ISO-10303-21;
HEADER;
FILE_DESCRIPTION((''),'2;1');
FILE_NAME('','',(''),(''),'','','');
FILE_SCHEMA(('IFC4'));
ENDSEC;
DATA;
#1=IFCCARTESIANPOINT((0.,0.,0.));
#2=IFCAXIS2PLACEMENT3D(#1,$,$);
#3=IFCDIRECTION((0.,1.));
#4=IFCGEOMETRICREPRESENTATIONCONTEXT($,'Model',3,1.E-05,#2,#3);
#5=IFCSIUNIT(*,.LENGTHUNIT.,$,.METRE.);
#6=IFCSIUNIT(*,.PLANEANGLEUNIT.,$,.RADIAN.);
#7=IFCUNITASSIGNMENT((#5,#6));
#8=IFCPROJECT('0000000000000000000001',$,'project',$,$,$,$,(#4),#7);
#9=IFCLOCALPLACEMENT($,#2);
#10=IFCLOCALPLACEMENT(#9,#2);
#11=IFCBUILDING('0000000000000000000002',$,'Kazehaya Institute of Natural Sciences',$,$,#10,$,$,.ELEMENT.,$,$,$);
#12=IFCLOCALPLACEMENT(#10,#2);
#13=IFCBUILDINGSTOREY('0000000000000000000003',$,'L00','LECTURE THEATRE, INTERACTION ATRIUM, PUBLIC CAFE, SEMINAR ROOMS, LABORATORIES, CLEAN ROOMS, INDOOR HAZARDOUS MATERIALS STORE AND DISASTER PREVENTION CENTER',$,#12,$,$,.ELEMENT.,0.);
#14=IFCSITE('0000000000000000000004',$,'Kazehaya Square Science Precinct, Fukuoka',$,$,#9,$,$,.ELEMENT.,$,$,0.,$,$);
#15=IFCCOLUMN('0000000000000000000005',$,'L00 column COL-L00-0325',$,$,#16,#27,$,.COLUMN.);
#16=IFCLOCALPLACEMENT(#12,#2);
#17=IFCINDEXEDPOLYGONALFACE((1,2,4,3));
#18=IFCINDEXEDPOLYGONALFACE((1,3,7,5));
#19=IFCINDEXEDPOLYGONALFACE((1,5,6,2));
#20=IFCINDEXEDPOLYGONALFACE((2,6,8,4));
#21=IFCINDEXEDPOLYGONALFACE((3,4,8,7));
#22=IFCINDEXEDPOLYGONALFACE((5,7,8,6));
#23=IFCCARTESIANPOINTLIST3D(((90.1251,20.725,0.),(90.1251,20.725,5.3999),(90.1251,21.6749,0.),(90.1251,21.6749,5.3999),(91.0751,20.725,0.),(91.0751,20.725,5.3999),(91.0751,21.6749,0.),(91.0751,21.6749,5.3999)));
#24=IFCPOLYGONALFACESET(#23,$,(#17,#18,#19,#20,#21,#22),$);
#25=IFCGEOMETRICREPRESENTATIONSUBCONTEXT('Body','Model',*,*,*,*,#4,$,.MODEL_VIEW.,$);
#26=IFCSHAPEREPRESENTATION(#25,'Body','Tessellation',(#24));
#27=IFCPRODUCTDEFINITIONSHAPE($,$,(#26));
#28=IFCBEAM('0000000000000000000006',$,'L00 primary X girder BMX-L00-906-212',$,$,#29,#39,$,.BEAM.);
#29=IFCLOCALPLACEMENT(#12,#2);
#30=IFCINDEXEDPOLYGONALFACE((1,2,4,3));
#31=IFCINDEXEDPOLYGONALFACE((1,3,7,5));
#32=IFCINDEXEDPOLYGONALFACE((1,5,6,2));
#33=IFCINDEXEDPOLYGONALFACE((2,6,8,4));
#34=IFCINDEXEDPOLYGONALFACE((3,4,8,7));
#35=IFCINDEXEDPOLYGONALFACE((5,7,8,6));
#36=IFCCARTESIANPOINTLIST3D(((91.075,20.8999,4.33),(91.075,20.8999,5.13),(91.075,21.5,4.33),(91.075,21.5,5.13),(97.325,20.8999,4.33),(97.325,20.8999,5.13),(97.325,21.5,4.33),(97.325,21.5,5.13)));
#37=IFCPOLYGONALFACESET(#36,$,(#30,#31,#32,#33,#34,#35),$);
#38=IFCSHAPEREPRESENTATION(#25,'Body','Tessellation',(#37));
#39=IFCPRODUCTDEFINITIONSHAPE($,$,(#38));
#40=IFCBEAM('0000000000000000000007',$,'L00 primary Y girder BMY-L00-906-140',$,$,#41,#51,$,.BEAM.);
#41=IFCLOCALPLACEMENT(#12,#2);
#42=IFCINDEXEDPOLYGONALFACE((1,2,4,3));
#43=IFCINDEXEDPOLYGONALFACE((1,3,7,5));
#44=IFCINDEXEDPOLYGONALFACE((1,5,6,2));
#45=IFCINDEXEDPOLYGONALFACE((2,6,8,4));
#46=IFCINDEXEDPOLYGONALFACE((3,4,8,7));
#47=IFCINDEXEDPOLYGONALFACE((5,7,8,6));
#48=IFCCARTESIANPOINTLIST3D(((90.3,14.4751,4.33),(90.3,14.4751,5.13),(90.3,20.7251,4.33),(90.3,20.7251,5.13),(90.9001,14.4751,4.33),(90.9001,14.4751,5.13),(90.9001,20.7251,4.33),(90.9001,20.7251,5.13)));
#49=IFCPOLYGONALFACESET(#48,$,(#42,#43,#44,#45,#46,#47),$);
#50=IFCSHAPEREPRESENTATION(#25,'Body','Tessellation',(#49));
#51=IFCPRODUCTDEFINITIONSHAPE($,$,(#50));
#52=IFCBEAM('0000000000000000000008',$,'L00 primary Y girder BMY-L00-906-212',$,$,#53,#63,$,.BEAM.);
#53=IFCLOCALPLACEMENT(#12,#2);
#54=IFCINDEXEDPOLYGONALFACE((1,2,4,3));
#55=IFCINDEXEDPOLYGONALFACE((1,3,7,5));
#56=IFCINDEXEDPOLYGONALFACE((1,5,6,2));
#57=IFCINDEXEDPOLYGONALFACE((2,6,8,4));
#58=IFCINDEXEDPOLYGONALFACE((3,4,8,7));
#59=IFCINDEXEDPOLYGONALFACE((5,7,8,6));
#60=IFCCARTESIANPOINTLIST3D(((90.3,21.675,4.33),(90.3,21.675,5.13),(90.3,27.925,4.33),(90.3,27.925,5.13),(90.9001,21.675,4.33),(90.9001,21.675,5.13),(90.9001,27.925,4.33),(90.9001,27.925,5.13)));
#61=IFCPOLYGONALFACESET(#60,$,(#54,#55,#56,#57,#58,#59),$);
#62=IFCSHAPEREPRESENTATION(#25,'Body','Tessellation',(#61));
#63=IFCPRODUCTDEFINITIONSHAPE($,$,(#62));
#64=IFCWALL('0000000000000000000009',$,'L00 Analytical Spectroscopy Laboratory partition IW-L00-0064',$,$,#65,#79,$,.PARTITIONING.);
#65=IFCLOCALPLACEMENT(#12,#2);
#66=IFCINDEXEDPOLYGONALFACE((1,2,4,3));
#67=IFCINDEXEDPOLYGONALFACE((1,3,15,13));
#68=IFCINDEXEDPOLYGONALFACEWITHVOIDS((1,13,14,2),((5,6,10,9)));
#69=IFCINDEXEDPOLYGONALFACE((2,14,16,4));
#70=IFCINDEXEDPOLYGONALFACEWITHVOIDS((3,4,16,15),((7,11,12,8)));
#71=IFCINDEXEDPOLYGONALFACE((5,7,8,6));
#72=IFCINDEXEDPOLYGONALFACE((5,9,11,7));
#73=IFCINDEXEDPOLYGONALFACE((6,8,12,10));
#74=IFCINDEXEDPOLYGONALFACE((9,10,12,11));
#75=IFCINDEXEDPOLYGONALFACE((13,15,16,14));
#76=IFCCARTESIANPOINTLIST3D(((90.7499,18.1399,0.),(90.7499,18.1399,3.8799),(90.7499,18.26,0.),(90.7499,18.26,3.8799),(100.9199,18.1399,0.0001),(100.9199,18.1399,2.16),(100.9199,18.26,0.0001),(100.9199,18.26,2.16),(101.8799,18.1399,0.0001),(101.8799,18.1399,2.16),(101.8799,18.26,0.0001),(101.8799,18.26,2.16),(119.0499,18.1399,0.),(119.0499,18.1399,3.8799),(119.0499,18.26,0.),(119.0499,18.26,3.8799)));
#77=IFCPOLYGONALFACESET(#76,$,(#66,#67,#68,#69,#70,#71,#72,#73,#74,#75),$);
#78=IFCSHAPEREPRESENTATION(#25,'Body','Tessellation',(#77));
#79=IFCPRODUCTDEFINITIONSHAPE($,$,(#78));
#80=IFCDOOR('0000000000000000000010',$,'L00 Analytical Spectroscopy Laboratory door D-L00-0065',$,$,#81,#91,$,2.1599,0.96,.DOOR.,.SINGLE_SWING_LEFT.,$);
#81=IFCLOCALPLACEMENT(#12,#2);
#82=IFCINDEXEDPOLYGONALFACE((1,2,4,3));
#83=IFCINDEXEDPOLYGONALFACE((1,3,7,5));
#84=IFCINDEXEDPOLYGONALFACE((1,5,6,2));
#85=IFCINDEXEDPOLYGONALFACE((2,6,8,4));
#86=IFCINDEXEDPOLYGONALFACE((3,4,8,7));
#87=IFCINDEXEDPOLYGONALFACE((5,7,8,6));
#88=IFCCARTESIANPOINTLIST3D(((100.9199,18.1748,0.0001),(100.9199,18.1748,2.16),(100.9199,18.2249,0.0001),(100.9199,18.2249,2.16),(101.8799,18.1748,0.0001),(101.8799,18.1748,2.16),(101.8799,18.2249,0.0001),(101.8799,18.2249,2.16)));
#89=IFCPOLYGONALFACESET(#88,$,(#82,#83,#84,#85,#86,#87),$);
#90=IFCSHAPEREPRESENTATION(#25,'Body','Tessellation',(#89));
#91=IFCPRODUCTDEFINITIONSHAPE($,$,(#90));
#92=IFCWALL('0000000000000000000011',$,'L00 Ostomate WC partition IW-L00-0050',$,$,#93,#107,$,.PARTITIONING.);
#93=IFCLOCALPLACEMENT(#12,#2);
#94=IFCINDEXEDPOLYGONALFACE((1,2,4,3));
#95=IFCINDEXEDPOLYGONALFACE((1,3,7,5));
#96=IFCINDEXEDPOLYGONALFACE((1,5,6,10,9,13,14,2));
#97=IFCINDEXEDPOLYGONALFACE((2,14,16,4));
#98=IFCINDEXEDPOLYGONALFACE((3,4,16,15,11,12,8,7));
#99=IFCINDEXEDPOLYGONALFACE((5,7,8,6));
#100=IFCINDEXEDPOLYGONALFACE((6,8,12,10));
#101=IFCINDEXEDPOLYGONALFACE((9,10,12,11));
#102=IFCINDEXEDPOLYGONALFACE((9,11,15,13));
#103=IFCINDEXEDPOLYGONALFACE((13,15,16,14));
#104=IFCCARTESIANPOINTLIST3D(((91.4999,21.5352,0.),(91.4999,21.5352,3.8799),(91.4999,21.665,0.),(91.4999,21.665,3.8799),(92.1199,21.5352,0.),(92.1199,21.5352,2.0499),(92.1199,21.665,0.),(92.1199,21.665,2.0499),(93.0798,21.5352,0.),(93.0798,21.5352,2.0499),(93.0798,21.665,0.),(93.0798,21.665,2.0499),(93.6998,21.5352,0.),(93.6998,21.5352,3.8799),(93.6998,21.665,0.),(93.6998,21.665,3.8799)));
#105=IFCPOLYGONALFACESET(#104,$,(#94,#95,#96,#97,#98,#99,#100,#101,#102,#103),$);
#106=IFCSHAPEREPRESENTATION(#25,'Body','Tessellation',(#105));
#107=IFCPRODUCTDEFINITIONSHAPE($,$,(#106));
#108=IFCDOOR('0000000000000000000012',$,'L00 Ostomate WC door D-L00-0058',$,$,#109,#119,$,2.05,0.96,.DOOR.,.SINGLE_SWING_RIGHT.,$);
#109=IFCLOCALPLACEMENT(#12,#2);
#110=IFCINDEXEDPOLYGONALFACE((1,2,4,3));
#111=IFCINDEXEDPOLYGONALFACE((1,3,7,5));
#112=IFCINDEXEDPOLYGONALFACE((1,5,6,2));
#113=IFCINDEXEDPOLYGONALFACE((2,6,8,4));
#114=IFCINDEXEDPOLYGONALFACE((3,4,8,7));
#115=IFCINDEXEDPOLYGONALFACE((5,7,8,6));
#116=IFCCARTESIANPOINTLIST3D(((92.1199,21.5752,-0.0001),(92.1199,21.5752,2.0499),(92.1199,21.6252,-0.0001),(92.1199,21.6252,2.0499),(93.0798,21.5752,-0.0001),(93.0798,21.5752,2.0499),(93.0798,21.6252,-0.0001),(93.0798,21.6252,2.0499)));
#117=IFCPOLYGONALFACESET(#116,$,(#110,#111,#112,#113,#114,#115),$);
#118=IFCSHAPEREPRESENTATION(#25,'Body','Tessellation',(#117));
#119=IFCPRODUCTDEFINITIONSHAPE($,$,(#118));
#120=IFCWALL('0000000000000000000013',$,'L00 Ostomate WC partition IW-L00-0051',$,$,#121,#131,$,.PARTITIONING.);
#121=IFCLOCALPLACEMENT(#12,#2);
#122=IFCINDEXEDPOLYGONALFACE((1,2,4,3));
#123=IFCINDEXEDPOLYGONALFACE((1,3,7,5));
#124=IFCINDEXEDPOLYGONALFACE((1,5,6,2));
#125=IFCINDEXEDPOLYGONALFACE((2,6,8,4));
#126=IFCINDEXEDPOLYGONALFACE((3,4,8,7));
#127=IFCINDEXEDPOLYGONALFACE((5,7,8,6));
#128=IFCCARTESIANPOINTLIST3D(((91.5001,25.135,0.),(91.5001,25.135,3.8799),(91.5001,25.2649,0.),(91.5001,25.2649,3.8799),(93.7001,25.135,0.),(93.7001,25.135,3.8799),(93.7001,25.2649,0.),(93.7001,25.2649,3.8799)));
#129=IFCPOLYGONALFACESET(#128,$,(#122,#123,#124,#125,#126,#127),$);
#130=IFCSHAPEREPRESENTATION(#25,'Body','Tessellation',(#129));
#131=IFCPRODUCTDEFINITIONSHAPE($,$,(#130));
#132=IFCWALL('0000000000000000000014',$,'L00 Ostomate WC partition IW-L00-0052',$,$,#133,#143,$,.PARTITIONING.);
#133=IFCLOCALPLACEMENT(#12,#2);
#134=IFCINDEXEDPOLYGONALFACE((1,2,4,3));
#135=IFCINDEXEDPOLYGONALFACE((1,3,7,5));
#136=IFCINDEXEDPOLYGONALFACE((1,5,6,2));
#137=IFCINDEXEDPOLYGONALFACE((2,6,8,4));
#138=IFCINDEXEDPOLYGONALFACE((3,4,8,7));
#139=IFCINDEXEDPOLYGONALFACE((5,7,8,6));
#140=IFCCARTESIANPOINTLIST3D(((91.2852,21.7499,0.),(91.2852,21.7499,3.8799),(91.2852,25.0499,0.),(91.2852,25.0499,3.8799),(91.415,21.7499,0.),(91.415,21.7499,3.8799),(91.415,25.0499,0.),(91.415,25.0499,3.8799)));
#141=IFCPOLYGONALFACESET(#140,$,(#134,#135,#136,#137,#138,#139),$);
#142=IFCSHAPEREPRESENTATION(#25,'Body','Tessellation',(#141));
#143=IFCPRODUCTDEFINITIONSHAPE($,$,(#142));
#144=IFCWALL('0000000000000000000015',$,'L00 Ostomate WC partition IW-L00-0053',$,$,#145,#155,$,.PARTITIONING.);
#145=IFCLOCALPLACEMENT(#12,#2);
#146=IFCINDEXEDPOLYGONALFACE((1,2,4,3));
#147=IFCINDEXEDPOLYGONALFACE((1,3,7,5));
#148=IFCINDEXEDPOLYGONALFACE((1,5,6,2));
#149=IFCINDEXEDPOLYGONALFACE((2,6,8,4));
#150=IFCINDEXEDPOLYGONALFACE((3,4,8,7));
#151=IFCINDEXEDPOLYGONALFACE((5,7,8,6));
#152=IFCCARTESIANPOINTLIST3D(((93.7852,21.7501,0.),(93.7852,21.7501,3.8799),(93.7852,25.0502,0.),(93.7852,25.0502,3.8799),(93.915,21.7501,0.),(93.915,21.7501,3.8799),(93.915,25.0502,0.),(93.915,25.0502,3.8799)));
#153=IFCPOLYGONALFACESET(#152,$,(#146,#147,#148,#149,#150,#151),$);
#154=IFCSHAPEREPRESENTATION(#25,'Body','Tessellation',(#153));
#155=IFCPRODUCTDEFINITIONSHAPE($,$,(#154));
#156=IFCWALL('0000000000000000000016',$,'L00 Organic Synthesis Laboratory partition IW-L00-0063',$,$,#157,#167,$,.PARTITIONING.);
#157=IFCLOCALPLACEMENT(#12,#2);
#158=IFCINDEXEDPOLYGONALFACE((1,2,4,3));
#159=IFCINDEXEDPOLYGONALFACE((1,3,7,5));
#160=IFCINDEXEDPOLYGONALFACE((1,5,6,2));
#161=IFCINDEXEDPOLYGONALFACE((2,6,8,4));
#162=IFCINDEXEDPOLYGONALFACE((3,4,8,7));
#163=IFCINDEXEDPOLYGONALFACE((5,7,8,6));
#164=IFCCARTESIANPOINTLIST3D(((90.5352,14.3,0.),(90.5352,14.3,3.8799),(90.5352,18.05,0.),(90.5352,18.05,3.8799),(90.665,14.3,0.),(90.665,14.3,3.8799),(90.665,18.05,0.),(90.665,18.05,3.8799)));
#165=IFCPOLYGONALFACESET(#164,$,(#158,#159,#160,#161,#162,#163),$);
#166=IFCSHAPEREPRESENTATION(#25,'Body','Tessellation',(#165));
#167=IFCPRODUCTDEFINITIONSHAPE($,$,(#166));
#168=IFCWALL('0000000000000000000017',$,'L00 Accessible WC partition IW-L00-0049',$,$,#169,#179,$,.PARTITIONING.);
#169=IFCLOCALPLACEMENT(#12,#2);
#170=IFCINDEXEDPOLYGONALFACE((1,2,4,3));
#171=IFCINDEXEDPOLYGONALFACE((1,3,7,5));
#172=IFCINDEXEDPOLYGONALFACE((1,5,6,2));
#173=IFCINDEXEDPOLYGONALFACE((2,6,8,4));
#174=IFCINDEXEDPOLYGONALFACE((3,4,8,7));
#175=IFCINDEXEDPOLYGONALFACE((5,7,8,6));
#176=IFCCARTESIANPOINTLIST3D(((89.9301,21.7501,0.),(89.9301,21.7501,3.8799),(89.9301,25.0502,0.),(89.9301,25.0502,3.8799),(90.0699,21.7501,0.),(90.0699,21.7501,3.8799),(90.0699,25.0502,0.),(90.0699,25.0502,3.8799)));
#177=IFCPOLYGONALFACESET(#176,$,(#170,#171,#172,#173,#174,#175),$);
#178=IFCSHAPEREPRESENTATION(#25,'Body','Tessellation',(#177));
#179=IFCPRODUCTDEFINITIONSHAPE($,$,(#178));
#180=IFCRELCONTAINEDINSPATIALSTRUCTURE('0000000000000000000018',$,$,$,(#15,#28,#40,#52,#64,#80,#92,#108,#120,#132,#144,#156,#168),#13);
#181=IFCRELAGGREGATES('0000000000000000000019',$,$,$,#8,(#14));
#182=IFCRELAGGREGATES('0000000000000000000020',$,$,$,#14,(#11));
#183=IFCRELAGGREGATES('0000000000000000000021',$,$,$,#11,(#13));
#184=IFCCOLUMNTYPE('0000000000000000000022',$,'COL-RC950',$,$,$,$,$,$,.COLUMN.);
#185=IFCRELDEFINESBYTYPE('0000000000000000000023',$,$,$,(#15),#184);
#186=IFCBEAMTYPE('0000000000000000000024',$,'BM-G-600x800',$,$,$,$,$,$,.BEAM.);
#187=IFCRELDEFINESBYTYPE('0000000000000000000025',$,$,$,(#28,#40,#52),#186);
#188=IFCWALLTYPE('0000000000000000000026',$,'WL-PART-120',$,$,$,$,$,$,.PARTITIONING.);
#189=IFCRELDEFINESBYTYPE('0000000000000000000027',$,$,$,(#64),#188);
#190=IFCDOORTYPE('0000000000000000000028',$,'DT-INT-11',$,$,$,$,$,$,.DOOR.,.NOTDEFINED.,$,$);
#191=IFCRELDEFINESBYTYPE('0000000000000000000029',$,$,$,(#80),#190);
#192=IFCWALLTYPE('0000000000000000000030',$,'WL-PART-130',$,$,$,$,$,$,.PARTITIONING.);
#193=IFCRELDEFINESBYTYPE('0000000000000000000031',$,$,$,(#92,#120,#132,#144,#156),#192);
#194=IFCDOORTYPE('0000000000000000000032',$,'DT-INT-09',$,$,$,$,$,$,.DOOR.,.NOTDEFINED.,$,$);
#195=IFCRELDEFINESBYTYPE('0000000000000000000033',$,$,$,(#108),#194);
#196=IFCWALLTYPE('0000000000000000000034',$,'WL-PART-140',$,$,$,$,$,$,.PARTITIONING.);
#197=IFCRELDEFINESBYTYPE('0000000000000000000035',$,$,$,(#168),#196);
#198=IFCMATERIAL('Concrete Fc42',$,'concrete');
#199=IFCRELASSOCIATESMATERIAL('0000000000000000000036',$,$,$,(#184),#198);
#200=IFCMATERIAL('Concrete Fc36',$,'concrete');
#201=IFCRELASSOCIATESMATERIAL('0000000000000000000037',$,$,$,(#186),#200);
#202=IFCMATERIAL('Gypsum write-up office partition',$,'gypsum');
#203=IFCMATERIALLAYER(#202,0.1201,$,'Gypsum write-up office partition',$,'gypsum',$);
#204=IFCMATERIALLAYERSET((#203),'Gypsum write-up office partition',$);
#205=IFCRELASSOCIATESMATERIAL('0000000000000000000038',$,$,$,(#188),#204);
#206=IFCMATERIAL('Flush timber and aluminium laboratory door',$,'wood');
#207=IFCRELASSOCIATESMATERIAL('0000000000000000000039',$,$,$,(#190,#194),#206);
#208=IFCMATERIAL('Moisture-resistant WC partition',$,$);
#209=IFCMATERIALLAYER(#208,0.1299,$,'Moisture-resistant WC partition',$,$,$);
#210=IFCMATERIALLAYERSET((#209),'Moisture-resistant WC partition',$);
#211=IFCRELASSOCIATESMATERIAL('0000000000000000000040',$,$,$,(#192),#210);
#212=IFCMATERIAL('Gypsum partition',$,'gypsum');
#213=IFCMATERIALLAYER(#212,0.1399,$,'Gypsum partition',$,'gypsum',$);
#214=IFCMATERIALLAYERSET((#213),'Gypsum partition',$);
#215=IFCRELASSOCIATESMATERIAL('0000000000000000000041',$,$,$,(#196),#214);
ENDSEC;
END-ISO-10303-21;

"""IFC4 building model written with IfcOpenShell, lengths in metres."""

from ifc_helpers import new_model, si_unit, direction, frame, frame_2d, origin, origin_2d, place, context, subcontext, project, spatial, rectangle, extrude, material, layer, layer_set, material_profile, profile_set, type_object, element, fill, save


model = new_model("IFC4")

# Units and contexts
model_context = context("Model", 3, precision=1e-05, world=origin(), true_north=direction((0.0, 1.0)))
body_context = subcontext(model_context, "Body", "Model", "MODEL_VIEW")
ifc_project = project(units=[si_unit("LENGTHUNIT", "METRE"), si_unit("PLANEANGLEUNIT", "RADIAN")], contexts=[model_context])

# Site, building, storey
site_placement = place(None, origin())
site = spatial("IfcSite", under=ifc_project, at=site_placement, Name="Kazehaya Square Science Precinct, Fukuoka", CompositionType="ELEMENT", RefElevation=0.0)
building_placement = place(site_placement, origin())
building = spatial("IfcBuilding", under=site, at=building_placement, Name="Kazehaya Institute of Natural Sciences", CompositionType="ELEMENT")
storey_placement = place(building_placement, origin())
storey = spatial("IfcBuildingStorey", under=building, at=storey_placement, Name="L00", Description="LECTURE THEATRE, INTERACTION ATRIUM, PUBLIC CAFE, SEMINAR ROOMS, LABORATORIES, CLEAN ROOMS, INDOOR HAZARDOUS MATERIALS STORE AND DISASTER PREVENTION CENTER", CompositionType="ELEMENT", Elevation=0.0)

# Column
ifc_material_1 = material(Name="Concrete Fc42", Category="concrete")
ifc_material_profile_1 = material_profile(ifc_material_1, rectangle(XDim=0.95, YDim=0.95, at=origin_2d()), Name="RC-950x950")
ifc_profile_set_1 = profile_set([ifc_material_profile_1], Name="Concrete Fc42")
column_type = type_object("IfcColumnType", Name="COL-RC950", PredefinedType="COLUMN", material=ifc_profile_set_1)
column_placement = place(storey_placement, frame((90.6001, 21.2, 0.0), z_axis=(0.0, 0.0, 1.0), x_axis=(1.0, 0.0, 0.0)))
element("IfcColumn", 1, at=column_placement, inside=storey, type_object=column_type, Name="L00 column COL-L00-0325", PredefinedType="COLUMN", context=body_context, shape_type="SweptSolid", body=[
    extrude(rectangle(XDim=0.95, YDim=0.95, at=origin_2d()), origin(), (0.0, 0.0, 1.0), 5.3999),
])

# Beams
ifc_material_2 = material(Name="Concrete Fc36", Category="concrete")
ifc_material_profile_2 = material_profile(ifc_material_2, rectangle(XDim=0.6001, YDim=0.8, at=origin_2d()), Name="RC-600x800")
ifc_profile_set_2 = profile_set([ifc_material_profile_2], Name="Concrete Fc36")
beam_type = type_object("IfcBeamType", Name="BM-G-600x800", PredefinedType="BEAM", material=ifc_profile_set_2)
for number, where, z_axis, x_axis, name in (
    (2, (91.075, 21.2, 4.73), (1.0, 0.0, 0.0), (0.0, 1.0, 0.0), "L00 primary X girder BMX-L00-906-212"),
    (3, (90.6001, 14.4751, 4.73), (0.0, 1.0, 0.0), (-1.0, 0.0, 0.0), "L00 primary Y girder BMY-L00-906-140"),
    (4, (90.6001, 21.675, 4.73), (0.0, 1.0, 0.0), (-1.0, 0.0, 0.0), "L00 primary Y girder BMY-L00-906-212"),
):
    element("IfcBeam", number, at=place(storey_placement, frame(where, z_axis=z_axis, x_axis=x_axis)), inside=storey, type_object=beam_type, Name=name, PredefinedType="BEAM", context=body_context, shape_type="SweptSolid", body=[
        extrude(rectangle(XDim=0.6001, YDim=0.8, at=origin_2d()), origin(), (0.0, 0.0, 1.0), 6.25),
    ])

# Walls, openings, doors
ifc_material_3 = material(Name="Gypsum write-up office partition", Category="gypsum")
ifc_layer_1 = layer(ifc_material_3, 0.1201, Name="Gypsum write-up office partition", Category="gypsum")
ifc_layer_set_1 = layer_set([ifc_layer_1], Name="Gypsum write-up office partition")
wall_type_1 = type_object("IfcWallType", Name="WL-PART-120", PredefinedType="PARTITIONING", material=ifc_layer_set_1)
wall_1_placement = place(storey_placement, frame((90.75, 18.2, 0.0), z_axis=(0.0, 0.0, 1.0), x_axis=(1.0, 0.0, 0.0)))
wall_1 = element("IfcWall", 5, at=wall_1_placement, inside=storey, type_object=wall_type_1, Name="L00 Analytical Spectroscopy Laboratory partition IW-L00-0064", PredefinedType="PARTITIONING", context=body_context, shape_type="SweptSolid", body=[
    extrude(rectangle(XDim=28.3, YDim=0.1201, at=frame_2d((14.1499, 0.0))), origin(), (0.0, 0.0, 1.0), 3.8799),
])
opening_1_placement = place(wall_1_placement, frame((10.1699, 0.0, 0.0)))
opening_1 = element("IfcOpeningElement", 6, at=opening_1_placement, cuts=wall_1, PredefinedType="OPENING", context=body_context, shape_type="SweptSolid", body=[
    extrude(rectangle(XDim=0.96, YDim=2.1599, at=frame_2d((0.48, 1.0801))), frame((0.0, 0.0701, 0.0), z_axis=(0.0, -1.0, 0.0), x_axis=(1.0, 0.0, 0.0)), (0.0, 0.0, 1.0), 0.1401),
])
ifc_material_4 = material(Name="Flush timber and aluminium laboratory door", Category="wood")
door_type_1 = type_object("IfcDoorType", Name="DT-INT-11", OperationType="NOTDEFINED", PredefinedType="DOOR", material=ifc_material_4)
door_1_placement = place(opening_1_placement, origin())
door_1 = element("IfcDoor", 7, at=door_1_placement, inside=storey, type_object=door_type_1, Name="L00 Analytical Spectroscopy Laboratory door D-L00-0065", OperationType="SINGLE_SWING_LEFT", OverallHeight=2.1599, OverallWidth=0.96, PredefinedType="DOOR", context=body_context, shape_type="SweptSolid", body=[
    extrude(rectangle(XDim=0.96, YDim=2.1599, at=frame_2d((0.48, 1.0801))), frame((0.0, 0.0249, 0.0), z_axis=(0.0, -1.0, 0.0), x_axis=(1.0, 0.0, 0.0)), (0.0, 0.0, 1.0), 0.05),
])
fill(opening_1, door_1)
ifc_material_5 = material(Name="Moisture-resistant WC partition")
ifc_layer_2 = layer(ifc_material_5, 0.1299, Name="Moisture-resistant WC partition")
ifc_layer_set_2 = layer_set([ifc_layer_2], Name="Moisture-resistant WC partition")
wall_type_2 = type_object("IfcWallType", Name="WL-PART-130", PredefinedType="PARTITIONING", material=ifc_layer_set_2)
wall_2_placement = place(storey_placement, frame((93.7, 21.6001, 0.0), z_axis=(0.0, 0.0, 1.0), x_axis=(-1.0, 0.0, 0.0)))
wall_2 = element("IfcWall", 8, at=wall_2_placement, inside=storey, type_object=wall_type_2, Name="L00 Ostomate WC partition IW-L00-0050", PredefinedType="PARTITIONING", context=body_context, shape_type="SweptSolid", body=[
    extrude(rectangle(XDim=2.2, YDim=0.1299, at=frame_2d((1.1001, 0.0))), origin(), (0.0, 0.0, 1.0), 3.8799),
])
opening_2_placement = place(wall_2_placement, frame((0.6201, 0.0, 0.0)))
opening_2 = element("IfcOpeningElement", 9, at=opening_2_placement, cuts=wall_2, PredefinedType="OPENING", context=body_context, shape_type="SweptSolid", body=[
    extrude(rectangle(XDim=0.96, YDim=2.05, at=frame_2d((0.48, 1.0249))), frame((0.0, 0.075, 0.0), z_axis=(0.0, -1.0, 0.0), x_axis=(1.0, 0.0, 0.0)), (0.0, 0.0, 1.0), 0.1499),
])
door_type_2 = type_object("IfcDoorType", Name="DT-INT-09", OperationType="NOTDEFINED", PredefinedType="DOOR", material=ifc_material_4)
door_2_placement = place(opening_2_placement, origin())
door_2 = element("IfcDoor", 10, at=door_2_placement, inside=storey, type_object=door_type_2, Name="L00 Ostomate WC door D-L00-0058", OperationType="SINGLE_SWING_RIGHT", OverallHeight=2.05, OverallWidth=0.96, PredefinedType="DOOR", context=body_context, shape_type="SweptSolid", body=[
    extrude(rectangle(XDim=0.96, YDim=2.05, at=frame_2d((0.48, 1.0249))), frame((0.0, 0.0249, 0.0), z_axis=(0.0, -1.0, 0.0), x_axis=(1.0, 0.0, 0.0)), (0.0, 0.0, 1.0), 0.05),
])
fill(opening_2, door_2)

# Walls
wall_3_placement = place(storey_placement, frame((91.5, 25.2, 0.0), z_axis=(0.0, 0.0, 1.0), x_axis=(1.0, 0.0, 0.0)))
element("IfcWall", 11, at=wall_3_placement, inside=storey, type_object=wall_type_2, Name="L00 Ostomate WC partition IW-L00-0051", PredefinedType="PARTITIONING", context=body_context, shape_type="SweptSolid", body=[
    extrude(rectangle(XDim=2.2, YDim=0.1299, at=frame_2d((1.1001, 0.0))), origin(), (0.0, 0.0, 1.0), 3.8799),
])
for number, where, z_axis, x_axis, name in (
    (12, (91.3501, 21.75, 0.0), (0.0, 0.0, 1.0), (0.0, 1.0, 0.0), "L00 Ostomate WC partition IW-L00-0052"),
    (13, (93.8501, 25.05, 0.0), (0.0, 0.0, 1.0), (0.0, -1.0, 0.0), "L00 Ostomate WC partition IW-L00-0053"),
):
    element("IfcWall", number, at=place(storey_placement, frame(where, z_axis=z_axis, x_axis=x_axis)), inside=storey, type_object=wall_type_2, Name=name, PredefinedType="PARTITIONING", context=body_context, shape_type="SweptSolid", body=[
        extrude(rectangle(XDim=3.3, YDim=0.1299, at=frame_2d((1.6499, 0.0))), origin(), (0.0, 0.0, 1.0), 3.8799),
    ])
wall_4_placement = place(storey_placement, frame((90.6001, 18.05, 0.0), z_axis=(0.0, 0.0, 1.0), x_axis=(0.0, -1.0, 0.0)))
element("IfcWall", 14, at=wall_4_placement, inside=storey, type_object=wall_type_2, Name="L00 Organic Synthesis Laboratory partition IW-L00-0063", PredefinedType="PARTITIONING", context=body_context, shape_type="SweptSolid", body=[
    extrude(rectangle(XDim=3.75, YDim=0.1299, at=frame_2d((1.875, 0.0))), origin(), (0.0, 0.0, 1.0), 3.8799),
])
ifc_material_6 = material(Name="Gypsum partition", Category="gypsum")
ifc_layer_3 = layer(ifc_material_6, 0.1399, Name="Gypsum partition", Category="gypsum")
ifc_layer_set_3 = layer_set([ifc_layer_3], Name="Gypsum partition")
wall_type_3 = type_object("IfcWallType", Name="WL-PART-140", PredefinedType="PARTITIONING", material=ifc_layer_set_3)
wall_5_placement = place(storey_placement, frame((90.0, 25.05, 0.0), z_axis=(0.0, 0.0, 1.0), x_axis=(0.0, -1.0, 0.0)))
element("IfcWall", 15, at=wall_5_placement, inside=storey, type_object=wall_type_3, Name="L00 Accessible WC partition IW-L00-0049", PredefinedType="PARTITIONING", context=body_context, shape_type="SweptSolid", body=[
    extrude(rectangle(XDim=3.3, YDim=0.1399, at=frame_2d((1.6499, 0.0))), origin(), (0.0, 0.0, 1.0), 3.8799),
])

save(model, "model.ifc")
